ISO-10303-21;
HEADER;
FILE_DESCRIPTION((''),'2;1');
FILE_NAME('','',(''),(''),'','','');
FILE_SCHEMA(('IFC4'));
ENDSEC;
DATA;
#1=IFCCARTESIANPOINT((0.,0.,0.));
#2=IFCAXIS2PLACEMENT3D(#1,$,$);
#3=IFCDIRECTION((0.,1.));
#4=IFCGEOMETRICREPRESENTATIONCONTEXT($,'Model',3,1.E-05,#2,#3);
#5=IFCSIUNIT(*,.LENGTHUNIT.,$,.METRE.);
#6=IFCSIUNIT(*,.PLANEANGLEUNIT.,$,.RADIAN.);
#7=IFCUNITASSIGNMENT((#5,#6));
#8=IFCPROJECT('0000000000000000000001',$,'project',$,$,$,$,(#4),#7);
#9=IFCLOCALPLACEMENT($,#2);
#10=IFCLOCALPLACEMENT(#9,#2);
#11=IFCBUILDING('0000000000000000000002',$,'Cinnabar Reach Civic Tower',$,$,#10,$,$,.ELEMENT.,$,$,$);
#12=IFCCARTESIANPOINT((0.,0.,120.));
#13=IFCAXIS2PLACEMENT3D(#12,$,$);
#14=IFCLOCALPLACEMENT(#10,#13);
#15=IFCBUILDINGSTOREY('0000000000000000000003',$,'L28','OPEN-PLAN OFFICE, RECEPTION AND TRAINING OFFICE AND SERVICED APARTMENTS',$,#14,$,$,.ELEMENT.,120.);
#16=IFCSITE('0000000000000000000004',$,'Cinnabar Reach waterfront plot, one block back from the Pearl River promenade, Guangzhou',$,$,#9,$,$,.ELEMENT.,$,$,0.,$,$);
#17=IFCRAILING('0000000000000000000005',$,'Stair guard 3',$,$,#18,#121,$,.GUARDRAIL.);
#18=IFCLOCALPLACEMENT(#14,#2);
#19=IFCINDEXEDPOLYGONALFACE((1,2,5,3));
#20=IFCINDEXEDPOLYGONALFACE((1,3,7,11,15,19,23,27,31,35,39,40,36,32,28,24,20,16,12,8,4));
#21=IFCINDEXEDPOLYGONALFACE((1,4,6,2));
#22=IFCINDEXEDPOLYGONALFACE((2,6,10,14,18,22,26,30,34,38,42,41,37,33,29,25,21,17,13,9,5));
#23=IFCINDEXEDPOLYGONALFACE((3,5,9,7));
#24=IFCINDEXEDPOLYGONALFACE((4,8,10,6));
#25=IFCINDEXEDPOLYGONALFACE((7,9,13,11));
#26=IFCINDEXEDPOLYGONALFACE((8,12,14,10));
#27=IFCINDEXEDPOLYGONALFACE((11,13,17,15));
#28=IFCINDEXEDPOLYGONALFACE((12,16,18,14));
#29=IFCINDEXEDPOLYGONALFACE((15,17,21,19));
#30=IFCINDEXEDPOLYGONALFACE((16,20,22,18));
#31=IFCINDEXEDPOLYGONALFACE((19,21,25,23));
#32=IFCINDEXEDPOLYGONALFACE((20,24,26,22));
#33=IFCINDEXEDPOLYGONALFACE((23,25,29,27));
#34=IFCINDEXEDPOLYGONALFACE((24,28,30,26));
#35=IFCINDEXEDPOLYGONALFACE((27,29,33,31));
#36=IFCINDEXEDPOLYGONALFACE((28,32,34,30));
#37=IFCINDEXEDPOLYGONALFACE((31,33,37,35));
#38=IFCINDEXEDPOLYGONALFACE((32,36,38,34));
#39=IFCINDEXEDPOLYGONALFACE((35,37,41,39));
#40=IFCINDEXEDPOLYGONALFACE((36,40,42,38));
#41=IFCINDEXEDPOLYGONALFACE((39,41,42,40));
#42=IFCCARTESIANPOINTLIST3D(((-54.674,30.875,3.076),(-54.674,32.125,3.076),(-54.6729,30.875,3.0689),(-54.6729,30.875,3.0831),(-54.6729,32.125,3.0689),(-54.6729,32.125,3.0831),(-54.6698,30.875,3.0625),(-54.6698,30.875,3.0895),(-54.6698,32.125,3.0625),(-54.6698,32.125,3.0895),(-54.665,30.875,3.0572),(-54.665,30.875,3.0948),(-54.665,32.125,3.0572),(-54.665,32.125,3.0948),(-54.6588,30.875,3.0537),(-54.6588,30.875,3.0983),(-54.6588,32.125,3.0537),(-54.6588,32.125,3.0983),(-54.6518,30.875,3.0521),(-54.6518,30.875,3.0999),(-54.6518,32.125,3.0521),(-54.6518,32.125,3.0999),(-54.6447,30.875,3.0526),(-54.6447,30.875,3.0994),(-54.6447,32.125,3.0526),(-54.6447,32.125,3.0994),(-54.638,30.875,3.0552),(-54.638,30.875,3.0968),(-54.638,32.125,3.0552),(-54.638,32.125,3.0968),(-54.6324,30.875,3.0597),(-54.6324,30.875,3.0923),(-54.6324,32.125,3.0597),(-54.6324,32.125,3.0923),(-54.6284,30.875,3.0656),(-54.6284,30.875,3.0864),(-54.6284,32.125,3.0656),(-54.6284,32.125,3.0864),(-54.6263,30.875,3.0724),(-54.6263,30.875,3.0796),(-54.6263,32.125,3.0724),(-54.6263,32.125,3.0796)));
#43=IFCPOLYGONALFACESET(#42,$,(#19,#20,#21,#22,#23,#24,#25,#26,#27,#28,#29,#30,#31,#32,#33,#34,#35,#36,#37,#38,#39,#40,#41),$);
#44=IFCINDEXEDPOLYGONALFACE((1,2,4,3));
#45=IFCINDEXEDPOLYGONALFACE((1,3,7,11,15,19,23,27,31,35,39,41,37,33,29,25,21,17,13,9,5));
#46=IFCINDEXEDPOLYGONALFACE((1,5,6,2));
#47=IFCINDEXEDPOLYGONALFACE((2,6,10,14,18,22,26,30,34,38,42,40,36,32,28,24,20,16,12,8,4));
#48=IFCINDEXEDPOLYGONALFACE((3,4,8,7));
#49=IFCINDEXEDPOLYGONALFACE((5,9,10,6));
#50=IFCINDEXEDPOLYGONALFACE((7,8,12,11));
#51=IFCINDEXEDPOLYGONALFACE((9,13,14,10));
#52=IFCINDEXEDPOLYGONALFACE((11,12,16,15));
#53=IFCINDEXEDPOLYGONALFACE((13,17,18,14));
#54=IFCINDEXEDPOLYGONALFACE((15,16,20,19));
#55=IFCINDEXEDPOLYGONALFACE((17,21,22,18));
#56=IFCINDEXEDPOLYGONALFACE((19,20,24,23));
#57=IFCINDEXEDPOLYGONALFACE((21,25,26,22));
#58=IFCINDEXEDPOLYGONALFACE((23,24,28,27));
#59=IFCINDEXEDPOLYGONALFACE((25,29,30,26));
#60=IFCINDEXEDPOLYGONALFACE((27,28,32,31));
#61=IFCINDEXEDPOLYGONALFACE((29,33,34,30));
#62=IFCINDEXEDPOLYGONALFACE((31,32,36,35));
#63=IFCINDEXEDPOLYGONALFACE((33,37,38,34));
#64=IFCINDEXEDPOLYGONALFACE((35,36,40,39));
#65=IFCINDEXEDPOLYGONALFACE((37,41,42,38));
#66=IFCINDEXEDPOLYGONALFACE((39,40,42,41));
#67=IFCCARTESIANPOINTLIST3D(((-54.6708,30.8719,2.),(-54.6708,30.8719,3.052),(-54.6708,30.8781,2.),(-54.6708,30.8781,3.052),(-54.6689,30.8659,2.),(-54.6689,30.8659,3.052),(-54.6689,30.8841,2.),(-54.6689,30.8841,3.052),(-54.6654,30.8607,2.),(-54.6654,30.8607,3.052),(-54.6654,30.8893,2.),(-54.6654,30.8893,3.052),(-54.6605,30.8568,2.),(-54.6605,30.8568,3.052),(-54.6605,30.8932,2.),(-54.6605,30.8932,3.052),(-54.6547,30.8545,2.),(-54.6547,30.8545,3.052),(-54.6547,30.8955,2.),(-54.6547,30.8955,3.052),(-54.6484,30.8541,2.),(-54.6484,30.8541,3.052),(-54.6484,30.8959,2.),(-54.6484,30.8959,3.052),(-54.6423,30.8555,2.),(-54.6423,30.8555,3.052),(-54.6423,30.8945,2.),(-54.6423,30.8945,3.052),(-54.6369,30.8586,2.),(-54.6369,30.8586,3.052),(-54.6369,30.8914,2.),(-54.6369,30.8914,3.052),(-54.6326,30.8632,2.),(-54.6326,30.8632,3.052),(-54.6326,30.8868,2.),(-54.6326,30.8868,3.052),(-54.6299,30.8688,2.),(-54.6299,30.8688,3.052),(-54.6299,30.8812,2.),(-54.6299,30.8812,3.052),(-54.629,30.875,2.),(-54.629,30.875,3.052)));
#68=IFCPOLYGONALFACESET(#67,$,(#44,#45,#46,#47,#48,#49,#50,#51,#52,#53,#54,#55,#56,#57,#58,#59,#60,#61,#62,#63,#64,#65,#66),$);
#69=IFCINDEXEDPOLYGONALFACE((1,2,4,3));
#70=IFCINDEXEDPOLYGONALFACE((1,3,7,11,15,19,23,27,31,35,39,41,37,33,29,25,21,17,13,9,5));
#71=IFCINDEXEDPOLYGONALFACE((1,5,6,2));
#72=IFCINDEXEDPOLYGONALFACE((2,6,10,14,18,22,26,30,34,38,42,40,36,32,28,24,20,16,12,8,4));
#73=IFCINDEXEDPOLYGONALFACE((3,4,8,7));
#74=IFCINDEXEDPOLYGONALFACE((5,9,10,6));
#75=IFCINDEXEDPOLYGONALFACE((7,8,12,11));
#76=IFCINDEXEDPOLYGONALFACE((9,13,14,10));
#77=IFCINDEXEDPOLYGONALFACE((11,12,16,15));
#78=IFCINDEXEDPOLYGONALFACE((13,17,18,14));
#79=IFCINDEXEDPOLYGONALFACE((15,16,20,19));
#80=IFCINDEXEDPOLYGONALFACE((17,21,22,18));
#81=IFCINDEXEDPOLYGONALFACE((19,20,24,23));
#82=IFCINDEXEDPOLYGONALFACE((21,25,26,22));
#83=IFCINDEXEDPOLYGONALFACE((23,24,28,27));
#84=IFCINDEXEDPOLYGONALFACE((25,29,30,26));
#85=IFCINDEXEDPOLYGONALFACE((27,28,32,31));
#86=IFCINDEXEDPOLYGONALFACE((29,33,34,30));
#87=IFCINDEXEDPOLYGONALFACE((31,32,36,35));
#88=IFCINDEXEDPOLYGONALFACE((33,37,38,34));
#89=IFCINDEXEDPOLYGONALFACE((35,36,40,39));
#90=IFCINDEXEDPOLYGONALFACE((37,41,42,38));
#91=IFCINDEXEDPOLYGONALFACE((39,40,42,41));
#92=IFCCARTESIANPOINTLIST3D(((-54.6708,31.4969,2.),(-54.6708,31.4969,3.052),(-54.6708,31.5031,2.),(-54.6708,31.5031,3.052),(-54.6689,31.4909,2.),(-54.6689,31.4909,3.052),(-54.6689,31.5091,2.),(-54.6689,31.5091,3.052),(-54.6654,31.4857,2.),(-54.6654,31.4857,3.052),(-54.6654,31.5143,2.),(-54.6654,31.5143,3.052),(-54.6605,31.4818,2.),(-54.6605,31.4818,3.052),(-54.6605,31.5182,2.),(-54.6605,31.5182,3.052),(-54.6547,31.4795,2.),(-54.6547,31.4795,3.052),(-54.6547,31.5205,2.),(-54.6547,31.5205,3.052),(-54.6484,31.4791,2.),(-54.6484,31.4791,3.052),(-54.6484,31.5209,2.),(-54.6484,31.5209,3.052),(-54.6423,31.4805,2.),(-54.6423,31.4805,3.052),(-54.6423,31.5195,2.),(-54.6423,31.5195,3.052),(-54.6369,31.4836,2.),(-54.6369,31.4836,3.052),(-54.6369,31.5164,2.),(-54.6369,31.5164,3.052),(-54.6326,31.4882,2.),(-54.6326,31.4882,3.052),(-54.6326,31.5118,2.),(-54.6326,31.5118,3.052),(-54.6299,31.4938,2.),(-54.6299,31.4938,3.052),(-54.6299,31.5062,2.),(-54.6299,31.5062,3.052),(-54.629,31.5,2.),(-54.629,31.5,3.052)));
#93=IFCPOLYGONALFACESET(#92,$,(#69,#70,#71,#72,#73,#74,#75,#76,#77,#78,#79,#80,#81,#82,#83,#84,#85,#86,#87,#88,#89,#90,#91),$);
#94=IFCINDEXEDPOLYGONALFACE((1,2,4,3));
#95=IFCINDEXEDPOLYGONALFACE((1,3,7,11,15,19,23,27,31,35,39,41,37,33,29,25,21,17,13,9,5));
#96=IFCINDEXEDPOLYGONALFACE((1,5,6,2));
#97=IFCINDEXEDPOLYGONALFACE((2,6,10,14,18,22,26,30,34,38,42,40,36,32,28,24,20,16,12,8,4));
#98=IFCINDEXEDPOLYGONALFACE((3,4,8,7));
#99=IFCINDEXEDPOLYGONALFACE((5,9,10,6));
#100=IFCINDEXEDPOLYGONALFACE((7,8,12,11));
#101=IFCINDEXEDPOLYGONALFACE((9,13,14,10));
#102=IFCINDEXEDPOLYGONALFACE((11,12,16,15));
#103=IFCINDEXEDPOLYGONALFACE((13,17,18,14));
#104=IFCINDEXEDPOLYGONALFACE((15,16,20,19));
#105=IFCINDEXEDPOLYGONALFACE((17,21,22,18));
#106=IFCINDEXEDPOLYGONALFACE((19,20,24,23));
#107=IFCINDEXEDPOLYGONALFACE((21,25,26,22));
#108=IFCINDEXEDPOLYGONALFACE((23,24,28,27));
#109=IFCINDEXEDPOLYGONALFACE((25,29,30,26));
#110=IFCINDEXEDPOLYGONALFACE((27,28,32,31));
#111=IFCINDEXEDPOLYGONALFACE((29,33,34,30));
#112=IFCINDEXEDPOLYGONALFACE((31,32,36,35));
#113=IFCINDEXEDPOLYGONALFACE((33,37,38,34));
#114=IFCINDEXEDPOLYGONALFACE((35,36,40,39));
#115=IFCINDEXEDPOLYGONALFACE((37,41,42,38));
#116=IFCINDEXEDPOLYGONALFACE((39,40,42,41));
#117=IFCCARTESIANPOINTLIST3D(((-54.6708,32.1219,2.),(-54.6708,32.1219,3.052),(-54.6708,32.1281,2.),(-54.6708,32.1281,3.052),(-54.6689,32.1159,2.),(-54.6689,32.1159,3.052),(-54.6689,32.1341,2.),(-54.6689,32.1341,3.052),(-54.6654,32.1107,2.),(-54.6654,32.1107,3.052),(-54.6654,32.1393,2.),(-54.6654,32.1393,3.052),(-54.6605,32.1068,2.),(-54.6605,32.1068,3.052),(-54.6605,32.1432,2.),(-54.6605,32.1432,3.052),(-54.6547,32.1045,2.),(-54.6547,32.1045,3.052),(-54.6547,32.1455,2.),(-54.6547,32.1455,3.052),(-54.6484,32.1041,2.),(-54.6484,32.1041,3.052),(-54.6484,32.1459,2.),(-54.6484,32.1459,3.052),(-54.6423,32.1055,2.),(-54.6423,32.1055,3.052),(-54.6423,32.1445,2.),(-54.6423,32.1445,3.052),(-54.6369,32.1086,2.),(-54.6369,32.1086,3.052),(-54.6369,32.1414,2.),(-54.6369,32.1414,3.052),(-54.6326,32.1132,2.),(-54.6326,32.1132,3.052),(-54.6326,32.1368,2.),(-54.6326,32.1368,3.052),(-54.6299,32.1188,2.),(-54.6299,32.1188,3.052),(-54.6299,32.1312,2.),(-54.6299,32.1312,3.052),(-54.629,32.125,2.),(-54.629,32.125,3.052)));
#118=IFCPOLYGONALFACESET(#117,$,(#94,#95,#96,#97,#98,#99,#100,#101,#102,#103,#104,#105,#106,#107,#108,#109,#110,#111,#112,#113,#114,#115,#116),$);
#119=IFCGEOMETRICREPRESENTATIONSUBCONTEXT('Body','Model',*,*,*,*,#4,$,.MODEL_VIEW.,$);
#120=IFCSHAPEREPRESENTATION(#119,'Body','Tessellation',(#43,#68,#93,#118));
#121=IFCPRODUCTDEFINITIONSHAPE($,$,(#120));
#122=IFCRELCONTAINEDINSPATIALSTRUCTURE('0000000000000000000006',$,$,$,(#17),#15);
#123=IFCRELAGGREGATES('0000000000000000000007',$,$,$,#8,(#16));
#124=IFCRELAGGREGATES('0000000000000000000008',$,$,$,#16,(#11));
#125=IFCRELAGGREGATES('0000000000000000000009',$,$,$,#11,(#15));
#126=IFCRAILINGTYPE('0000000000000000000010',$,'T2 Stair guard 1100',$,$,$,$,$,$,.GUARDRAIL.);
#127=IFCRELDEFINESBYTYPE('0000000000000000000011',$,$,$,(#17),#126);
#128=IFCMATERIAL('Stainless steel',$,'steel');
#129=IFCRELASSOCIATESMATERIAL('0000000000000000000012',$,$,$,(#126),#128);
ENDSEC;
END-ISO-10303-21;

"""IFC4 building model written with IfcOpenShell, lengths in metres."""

from ifc_helpers import new_model, si_unit, direction, frame, origin, origin_2d, place, context, subcontext, project, spatial, circle, extrude, material, type_object, element, save


model = new_model("IFC4")

# Units and contexts
model_context = context("Model", 3, precision=1e-05, world=origin(), true_north=direction((0.0, 1.0)))
body_context = subcontext(model_context, "Body", "Model", "MODEL_VIEW")
ifc_project = project(units=[si_unit("LENGTHUNIT", "METRE"), si_unit("PLANEANGLEUNIT", "RADIAN")], contexts=[model_context])

# Site, building, storey
site_placement = place(None, origin())
site = spatial("IfcSite", under=ifc_project, at=site_placement, Name="Cinnabar Reach waterfront plot, one block back from the Pearl River promenade, Guangzhou", CompositionType="ELEMENT", RefElevation=0.0)
building_placement = place(site_placement, origin())
building = spatial("IfcBuilding", under=site, at=building_placement, Name="Cinnabar Reach Civic Tower", CompositionType="ELEMENT")
storey_placement = place(building_placement, frame((0.0, 0.0, 120.0)))
storey = spatial("IfcBuildingStorey", under=building, at=storey_placement, Name="L28", Description="OPEN-PLAN OFFICE, RECEPTION AND TRAINING OFFICE AND SERVICED APARTMENTS", CompositionType="ELEMENT", Elevation=120.0)

# Railing
ifc_material_1 = material(Name="Stainless steel", Category="steel")
railing_type = type_object("IfcRailingType", Name="T2 Stair guard 1100", PredefinedType="GUARDRAIL", material=ifc_material_1)
for number, where, name in (
    (1, (-54.65, 30.875, 2.0), "Stair guard 3"),
):
    element("IfcRailing", number, at=place(storey_placement, frame(where)), inside=storey, type_object=railing_type, Name=name, PredefinedType="GUARDRAIL", context=body_context, shape_type="SweptSolid", body=[
        extrude(circle(Radius=0.024, at=origin_2d()), frame((0.0, 0.0, 1.076), z_axis=(0.0, 1.0, 0.0), x_axis=(-1.0, 0.0, 0.0)), (0.0, 0.0, 1.0), 1.25),
        extrude(circle(Radius=0.021, at=origin_2d()), origin(), (0.0, 0.0, 1.0), 1.052),
        extrude(circle(Radius=0.021, at=origin_2d()), frame((0.0, 0.625, 0.0)), (0.0, 0.0, 1.0), 1.052),
        extrude(circle(Radius=0.021, at=origin_2d()), frame((0.0, 1.25, 0.0)), (0.0, 0.0, 1.0), 1.052),
    ])

save(model, "model.ifc")
